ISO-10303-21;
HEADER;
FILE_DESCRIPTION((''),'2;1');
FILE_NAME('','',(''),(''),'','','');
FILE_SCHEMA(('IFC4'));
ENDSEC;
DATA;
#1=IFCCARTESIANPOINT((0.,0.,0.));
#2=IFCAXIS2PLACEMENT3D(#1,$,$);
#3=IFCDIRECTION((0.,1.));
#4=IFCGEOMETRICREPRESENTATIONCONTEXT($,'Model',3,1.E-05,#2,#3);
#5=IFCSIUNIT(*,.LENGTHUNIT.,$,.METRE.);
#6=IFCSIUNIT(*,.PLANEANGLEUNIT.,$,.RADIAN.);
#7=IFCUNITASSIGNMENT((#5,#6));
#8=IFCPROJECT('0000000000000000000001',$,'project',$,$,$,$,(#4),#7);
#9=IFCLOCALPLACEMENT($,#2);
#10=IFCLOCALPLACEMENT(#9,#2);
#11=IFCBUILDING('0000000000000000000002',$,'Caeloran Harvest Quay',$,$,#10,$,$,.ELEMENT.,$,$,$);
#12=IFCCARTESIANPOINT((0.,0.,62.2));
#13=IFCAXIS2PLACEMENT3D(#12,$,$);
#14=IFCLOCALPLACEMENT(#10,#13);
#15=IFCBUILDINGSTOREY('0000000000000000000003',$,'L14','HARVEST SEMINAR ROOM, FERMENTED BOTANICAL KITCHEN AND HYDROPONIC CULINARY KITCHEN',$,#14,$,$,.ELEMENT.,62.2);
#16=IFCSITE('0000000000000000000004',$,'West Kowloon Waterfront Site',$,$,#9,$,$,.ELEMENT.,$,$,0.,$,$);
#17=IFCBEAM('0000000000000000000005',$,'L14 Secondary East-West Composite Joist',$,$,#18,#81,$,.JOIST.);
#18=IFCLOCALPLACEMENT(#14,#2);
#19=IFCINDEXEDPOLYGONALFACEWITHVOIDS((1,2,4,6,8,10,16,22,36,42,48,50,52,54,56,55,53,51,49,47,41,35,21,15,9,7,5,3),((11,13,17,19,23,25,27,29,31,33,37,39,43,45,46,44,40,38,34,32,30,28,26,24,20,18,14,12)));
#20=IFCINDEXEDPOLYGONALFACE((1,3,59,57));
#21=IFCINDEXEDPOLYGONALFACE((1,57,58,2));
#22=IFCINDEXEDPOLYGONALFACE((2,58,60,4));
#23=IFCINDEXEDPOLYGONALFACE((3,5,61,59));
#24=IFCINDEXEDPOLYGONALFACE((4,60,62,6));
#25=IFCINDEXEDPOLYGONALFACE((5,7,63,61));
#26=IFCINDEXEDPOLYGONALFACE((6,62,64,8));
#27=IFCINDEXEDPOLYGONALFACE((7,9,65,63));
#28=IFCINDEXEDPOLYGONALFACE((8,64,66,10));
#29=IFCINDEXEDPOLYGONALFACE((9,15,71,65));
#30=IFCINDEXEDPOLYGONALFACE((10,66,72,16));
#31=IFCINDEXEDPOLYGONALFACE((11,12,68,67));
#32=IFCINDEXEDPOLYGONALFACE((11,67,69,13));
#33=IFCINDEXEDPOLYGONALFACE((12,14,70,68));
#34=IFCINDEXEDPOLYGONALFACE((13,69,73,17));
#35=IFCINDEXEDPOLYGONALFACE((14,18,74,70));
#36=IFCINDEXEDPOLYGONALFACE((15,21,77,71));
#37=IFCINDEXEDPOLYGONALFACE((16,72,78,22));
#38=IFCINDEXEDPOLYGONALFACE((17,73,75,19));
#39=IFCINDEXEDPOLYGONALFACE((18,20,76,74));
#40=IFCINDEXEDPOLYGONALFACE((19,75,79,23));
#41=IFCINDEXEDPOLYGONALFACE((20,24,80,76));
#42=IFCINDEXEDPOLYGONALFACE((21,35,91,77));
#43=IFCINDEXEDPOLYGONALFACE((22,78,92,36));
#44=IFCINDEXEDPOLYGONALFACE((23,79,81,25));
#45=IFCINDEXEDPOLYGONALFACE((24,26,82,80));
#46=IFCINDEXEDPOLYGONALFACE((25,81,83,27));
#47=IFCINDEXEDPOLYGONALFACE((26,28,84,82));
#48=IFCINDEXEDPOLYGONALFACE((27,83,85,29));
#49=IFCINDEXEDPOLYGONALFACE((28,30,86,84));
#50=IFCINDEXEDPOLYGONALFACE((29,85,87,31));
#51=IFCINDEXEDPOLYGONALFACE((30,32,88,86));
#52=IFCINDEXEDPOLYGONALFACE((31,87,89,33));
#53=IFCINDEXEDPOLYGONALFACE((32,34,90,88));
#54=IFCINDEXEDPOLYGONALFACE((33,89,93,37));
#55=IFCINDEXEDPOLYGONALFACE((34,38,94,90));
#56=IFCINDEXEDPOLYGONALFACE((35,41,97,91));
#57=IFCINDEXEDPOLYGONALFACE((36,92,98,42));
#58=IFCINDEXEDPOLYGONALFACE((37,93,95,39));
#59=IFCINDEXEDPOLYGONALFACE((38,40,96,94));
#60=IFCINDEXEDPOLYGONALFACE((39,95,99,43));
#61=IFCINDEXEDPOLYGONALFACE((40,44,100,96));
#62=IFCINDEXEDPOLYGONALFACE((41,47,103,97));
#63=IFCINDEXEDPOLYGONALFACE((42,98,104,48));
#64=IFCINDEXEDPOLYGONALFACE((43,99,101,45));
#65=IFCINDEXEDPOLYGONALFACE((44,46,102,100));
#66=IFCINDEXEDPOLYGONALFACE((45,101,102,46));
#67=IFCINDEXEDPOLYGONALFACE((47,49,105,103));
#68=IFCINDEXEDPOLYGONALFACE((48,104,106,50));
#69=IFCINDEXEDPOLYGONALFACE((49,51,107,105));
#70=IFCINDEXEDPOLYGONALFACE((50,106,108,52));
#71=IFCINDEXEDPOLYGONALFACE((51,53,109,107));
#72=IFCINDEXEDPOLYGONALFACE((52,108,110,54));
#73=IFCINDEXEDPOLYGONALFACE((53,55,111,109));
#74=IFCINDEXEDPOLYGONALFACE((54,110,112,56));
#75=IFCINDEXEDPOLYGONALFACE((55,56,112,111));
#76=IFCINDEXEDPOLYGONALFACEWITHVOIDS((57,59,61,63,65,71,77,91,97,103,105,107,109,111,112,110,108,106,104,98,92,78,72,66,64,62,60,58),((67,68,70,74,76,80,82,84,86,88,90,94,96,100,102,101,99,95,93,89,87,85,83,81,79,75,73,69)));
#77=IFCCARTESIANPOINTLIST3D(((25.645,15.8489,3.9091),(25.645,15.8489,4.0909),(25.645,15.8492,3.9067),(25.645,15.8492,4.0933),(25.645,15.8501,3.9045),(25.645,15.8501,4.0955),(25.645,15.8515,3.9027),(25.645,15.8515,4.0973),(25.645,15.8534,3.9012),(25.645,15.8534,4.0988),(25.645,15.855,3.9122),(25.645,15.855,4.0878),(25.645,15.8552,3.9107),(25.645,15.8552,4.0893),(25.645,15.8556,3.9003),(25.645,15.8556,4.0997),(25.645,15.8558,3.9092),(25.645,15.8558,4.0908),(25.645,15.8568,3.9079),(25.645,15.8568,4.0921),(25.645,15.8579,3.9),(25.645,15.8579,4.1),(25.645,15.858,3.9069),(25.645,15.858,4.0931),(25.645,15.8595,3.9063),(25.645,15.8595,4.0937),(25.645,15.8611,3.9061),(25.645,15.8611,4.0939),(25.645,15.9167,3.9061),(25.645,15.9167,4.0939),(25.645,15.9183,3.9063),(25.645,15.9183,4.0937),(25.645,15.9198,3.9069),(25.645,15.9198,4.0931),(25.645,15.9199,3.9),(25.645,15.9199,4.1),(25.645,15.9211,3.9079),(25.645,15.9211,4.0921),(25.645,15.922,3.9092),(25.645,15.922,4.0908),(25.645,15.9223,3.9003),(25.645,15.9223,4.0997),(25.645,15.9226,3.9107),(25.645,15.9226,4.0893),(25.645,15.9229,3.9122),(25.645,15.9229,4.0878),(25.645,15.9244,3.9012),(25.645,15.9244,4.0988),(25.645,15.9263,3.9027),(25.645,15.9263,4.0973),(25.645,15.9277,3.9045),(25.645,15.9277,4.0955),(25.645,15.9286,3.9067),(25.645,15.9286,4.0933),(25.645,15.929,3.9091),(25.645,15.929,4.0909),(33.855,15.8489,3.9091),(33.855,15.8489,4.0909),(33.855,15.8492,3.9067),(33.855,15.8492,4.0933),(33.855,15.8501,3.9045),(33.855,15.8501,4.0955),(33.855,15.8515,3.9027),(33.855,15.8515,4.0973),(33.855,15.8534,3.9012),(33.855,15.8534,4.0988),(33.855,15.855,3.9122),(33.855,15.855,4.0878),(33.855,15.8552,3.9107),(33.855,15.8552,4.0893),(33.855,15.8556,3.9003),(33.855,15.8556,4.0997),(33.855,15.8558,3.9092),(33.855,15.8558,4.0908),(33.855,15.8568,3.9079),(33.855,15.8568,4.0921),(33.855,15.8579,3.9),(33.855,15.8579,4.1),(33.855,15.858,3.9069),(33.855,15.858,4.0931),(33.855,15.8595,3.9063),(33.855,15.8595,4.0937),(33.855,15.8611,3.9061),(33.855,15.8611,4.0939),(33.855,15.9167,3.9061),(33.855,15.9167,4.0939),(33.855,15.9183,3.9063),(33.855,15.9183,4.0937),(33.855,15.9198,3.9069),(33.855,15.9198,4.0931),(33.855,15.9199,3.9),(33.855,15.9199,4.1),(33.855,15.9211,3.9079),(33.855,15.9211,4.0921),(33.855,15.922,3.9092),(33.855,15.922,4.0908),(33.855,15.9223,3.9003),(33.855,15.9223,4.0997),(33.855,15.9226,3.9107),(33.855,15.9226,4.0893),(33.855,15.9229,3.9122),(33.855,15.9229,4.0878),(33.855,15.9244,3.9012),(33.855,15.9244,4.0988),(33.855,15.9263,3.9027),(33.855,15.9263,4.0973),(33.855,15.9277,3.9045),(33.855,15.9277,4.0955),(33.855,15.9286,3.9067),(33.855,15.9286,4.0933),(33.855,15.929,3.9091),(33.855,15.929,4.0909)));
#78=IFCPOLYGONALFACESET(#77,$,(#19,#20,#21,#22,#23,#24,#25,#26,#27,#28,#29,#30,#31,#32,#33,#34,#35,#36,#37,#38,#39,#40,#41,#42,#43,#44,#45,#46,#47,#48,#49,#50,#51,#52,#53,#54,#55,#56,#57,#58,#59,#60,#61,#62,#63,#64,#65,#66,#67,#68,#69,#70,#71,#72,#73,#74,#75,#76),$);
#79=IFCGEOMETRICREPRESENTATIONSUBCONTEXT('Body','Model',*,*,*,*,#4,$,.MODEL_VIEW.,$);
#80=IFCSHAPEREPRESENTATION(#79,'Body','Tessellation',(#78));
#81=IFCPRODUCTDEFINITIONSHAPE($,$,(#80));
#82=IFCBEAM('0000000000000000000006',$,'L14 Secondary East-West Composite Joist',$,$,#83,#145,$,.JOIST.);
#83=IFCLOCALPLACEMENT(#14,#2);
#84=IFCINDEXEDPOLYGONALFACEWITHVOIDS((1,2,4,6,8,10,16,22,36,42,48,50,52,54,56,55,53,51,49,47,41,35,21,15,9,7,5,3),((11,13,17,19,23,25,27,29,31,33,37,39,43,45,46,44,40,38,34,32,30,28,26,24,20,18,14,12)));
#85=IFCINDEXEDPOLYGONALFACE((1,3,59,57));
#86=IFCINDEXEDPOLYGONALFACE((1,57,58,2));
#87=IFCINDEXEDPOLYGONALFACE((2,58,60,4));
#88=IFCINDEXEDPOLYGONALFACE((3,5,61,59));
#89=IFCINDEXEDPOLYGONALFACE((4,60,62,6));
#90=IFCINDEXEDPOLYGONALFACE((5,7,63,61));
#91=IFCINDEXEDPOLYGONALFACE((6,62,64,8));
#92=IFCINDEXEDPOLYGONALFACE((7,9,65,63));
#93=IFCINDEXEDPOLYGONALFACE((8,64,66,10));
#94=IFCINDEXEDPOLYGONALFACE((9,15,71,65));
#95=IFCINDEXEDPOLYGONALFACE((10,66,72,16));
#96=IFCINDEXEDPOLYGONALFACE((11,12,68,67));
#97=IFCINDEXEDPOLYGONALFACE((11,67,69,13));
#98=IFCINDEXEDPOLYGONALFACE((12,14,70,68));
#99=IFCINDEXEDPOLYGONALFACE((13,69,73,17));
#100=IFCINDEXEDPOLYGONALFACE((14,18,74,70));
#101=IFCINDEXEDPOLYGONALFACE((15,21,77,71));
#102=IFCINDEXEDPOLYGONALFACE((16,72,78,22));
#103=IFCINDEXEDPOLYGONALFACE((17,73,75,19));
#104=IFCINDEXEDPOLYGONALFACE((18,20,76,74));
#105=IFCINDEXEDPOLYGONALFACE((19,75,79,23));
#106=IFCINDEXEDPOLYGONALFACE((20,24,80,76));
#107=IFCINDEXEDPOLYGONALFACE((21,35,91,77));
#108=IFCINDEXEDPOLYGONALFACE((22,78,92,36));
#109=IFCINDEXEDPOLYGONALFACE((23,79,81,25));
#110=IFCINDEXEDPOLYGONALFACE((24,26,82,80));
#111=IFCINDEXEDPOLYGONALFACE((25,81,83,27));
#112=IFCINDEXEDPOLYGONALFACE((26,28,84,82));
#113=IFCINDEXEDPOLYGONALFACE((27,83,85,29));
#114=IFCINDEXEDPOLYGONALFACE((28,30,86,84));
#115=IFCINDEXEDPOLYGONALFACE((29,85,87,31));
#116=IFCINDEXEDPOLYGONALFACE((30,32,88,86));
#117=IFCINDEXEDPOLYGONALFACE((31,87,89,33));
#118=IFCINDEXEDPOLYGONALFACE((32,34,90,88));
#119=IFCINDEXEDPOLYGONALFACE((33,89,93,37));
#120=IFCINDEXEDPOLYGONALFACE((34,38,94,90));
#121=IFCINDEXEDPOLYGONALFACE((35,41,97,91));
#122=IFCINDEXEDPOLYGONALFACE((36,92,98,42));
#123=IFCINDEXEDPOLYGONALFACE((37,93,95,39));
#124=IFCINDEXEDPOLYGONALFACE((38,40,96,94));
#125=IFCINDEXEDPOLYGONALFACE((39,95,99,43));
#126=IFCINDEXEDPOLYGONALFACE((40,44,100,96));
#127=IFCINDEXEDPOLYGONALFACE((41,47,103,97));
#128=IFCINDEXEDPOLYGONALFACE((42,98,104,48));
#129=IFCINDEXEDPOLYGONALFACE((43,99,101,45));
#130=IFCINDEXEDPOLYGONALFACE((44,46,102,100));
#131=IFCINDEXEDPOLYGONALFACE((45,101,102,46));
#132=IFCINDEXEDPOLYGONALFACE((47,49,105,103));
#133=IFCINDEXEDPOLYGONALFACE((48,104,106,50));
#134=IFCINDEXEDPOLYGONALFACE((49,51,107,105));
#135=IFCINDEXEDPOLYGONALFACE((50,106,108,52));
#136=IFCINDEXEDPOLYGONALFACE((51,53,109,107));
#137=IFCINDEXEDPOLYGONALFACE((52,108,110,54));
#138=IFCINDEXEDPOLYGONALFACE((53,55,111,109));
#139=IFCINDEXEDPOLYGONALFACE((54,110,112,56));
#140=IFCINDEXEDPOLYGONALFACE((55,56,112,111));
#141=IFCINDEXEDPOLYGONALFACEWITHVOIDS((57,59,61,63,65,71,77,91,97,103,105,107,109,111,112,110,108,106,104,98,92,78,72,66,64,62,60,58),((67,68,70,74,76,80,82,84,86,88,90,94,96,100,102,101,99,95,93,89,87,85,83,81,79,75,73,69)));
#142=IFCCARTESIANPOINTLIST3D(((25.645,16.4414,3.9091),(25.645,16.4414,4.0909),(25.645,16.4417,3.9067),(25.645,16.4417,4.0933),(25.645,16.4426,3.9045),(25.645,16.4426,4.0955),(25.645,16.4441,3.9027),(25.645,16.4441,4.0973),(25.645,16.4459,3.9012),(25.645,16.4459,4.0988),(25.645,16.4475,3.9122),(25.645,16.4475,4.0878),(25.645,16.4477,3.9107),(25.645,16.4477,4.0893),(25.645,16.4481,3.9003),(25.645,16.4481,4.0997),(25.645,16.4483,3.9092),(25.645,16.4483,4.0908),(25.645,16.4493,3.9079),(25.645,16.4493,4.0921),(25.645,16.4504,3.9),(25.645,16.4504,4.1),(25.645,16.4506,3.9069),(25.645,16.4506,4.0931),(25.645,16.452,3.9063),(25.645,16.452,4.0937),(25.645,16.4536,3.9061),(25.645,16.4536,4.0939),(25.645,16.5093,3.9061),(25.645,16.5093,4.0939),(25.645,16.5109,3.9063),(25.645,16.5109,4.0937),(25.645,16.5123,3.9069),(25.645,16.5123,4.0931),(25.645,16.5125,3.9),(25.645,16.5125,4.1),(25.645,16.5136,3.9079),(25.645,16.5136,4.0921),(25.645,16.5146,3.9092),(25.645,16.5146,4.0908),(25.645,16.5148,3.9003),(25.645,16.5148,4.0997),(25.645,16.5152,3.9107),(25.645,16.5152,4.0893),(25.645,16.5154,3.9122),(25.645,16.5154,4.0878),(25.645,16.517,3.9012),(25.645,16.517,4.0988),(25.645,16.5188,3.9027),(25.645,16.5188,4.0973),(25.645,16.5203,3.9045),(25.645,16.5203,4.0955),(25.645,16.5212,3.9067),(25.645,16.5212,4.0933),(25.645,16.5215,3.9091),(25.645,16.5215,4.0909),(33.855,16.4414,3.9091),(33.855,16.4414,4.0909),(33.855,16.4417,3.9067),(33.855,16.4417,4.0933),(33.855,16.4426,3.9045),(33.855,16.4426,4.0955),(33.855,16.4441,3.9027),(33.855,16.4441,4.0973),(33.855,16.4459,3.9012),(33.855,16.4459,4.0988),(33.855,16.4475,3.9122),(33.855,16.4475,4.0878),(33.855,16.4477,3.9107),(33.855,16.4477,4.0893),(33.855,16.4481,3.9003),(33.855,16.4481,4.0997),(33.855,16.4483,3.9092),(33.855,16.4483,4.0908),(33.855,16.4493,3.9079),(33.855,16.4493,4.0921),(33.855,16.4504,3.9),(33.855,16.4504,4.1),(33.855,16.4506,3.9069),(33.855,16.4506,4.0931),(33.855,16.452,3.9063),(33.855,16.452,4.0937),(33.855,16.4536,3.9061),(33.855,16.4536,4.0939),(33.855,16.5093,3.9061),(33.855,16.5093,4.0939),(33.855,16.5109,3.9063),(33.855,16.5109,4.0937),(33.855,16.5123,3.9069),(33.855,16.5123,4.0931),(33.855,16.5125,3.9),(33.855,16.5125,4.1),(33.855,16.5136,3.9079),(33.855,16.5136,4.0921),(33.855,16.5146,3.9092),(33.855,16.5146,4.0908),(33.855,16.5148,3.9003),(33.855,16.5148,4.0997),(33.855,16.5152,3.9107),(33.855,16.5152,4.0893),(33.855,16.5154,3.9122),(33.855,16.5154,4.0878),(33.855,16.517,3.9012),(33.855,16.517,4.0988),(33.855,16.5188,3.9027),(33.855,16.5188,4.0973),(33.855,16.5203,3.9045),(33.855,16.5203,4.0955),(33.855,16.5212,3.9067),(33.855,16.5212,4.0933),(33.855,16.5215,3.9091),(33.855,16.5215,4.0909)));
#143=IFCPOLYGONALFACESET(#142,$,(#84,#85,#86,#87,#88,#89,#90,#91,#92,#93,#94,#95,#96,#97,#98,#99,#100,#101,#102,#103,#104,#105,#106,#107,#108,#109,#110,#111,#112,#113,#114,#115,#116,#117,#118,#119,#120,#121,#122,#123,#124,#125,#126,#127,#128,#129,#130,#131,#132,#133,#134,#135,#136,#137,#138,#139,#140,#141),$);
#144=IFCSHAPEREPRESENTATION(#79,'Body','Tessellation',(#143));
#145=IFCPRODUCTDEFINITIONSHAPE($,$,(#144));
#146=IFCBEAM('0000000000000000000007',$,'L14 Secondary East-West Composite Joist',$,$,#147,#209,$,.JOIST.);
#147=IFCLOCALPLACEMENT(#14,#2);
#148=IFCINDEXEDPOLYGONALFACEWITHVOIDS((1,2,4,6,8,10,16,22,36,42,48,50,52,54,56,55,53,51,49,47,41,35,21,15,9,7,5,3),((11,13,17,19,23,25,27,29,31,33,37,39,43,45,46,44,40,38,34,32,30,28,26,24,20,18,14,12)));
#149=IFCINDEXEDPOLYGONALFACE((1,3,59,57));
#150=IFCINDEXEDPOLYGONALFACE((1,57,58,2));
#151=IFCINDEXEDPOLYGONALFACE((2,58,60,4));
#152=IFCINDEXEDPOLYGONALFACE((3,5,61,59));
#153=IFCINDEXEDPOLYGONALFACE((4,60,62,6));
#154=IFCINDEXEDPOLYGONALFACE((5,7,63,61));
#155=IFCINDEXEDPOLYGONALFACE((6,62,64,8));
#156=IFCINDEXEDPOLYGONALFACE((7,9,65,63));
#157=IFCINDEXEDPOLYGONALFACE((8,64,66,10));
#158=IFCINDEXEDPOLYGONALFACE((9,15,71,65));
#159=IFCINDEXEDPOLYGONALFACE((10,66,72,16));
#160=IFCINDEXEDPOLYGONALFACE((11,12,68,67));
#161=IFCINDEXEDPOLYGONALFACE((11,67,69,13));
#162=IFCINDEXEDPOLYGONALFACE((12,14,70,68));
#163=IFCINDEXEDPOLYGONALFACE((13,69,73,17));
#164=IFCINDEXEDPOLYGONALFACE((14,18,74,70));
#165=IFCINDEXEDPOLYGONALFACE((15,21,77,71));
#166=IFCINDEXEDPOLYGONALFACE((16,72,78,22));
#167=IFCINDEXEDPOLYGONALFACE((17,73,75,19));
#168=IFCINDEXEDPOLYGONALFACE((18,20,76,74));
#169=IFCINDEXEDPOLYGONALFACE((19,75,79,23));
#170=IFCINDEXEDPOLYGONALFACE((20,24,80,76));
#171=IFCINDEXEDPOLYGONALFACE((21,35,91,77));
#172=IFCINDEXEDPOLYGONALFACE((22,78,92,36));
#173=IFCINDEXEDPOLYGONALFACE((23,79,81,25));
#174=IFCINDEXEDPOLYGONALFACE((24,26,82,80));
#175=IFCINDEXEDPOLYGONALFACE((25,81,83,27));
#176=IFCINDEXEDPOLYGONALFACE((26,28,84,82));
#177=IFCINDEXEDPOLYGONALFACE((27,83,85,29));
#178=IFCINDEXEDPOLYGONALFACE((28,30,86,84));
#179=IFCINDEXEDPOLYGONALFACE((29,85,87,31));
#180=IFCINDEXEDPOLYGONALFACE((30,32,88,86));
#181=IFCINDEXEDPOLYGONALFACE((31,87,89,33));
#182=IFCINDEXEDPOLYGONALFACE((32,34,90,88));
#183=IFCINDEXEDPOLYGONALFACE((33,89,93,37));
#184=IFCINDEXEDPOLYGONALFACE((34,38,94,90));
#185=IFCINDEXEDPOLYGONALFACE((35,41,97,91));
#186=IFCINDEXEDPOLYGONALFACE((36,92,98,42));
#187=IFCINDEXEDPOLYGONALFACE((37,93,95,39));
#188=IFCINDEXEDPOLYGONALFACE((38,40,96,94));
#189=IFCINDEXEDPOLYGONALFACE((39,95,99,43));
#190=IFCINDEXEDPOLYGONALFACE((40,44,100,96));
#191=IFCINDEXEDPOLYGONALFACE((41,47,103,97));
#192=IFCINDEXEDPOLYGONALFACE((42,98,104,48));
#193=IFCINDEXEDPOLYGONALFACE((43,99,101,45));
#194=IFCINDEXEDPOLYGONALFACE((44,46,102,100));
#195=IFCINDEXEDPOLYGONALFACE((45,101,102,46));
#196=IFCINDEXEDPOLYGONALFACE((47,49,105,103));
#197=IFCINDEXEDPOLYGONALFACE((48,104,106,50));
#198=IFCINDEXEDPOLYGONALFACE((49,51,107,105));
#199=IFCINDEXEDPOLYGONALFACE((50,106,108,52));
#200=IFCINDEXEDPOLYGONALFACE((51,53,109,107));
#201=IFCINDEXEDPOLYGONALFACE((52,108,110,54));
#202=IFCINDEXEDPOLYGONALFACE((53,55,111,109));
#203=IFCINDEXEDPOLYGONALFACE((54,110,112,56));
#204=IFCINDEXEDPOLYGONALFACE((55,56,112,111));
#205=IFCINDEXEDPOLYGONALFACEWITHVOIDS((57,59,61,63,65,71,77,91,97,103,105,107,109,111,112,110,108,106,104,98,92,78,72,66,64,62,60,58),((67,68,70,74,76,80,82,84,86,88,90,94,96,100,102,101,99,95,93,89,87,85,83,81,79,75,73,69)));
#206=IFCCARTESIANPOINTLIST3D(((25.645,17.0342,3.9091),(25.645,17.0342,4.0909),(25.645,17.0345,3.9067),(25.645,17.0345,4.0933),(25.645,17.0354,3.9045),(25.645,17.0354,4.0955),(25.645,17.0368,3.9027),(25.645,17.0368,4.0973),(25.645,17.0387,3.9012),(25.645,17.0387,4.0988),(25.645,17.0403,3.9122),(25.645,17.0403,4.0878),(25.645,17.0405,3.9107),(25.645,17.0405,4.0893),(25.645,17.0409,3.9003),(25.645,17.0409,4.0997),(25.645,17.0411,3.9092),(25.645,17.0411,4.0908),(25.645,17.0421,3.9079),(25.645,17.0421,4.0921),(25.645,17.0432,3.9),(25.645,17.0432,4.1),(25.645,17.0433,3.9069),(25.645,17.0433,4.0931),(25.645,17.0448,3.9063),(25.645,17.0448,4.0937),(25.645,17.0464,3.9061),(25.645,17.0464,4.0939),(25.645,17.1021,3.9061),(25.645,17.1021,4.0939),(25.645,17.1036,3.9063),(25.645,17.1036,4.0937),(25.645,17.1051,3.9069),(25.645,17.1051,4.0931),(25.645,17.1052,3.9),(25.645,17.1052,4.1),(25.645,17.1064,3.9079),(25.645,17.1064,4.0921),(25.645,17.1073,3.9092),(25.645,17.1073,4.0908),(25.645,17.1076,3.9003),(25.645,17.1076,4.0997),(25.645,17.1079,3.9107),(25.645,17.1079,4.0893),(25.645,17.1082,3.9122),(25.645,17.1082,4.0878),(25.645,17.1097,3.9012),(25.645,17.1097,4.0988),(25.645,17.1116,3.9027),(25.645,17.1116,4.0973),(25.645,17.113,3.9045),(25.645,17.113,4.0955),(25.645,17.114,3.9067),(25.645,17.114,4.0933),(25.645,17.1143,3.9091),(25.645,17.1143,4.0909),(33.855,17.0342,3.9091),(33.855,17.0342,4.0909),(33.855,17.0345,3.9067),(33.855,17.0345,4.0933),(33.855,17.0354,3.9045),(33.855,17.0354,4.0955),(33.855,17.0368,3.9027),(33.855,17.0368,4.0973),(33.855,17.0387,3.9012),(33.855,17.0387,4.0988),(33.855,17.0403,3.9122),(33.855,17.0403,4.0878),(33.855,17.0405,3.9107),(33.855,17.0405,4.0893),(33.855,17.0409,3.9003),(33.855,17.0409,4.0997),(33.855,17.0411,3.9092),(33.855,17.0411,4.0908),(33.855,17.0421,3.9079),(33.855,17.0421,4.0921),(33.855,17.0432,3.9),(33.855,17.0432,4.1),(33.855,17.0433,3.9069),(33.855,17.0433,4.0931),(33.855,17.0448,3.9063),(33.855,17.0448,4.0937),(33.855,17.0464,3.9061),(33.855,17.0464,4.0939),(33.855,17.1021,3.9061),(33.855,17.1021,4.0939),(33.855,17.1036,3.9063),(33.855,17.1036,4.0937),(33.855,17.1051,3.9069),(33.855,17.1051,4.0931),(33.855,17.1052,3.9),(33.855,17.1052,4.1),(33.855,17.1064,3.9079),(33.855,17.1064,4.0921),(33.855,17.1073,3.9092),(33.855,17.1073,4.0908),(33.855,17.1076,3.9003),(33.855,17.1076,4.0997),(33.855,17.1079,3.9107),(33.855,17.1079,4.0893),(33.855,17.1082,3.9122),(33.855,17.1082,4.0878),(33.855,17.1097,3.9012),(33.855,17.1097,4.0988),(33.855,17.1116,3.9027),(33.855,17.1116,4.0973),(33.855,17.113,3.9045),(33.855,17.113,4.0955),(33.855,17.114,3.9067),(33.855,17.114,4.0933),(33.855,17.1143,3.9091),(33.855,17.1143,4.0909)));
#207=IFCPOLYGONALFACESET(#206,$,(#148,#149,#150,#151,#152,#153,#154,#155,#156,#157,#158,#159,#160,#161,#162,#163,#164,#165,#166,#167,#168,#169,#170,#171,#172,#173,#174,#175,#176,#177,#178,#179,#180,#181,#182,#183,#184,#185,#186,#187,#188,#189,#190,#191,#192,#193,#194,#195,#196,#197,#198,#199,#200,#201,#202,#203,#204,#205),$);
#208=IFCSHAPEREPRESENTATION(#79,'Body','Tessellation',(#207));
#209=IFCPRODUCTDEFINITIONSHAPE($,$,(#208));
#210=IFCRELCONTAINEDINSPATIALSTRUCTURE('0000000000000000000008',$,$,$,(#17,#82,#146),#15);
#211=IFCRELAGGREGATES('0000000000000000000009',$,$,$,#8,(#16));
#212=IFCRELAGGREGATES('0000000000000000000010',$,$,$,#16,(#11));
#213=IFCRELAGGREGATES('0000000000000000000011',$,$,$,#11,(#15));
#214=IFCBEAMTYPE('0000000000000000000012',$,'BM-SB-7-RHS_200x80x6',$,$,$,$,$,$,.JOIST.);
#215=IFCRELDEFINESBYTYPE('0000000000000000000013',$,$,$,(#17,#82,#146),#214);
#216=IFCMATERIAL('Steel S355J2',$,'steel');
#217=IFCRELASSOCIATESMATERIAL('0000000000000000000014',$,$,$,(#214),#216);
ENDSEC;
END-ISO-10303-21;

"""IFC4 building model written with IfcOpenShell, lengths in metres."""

from ifc_helpers import new_model, si_unit, direction, frame, origin, origin_2d, place, context, subcontext, project, spatial, hollow_rectangle, extrude, material, material_profile, profile_set, type_object, element, save


model = new_model("IFC4")

# Units and contexts
model_context = context("Model", 3, precision=1e-05, world=origin(), true_north=direction((0.0, 1.0)))
body_context = subcontext(model_context, "Body", "Model", "MODEL_VIEW")
ifc_project = project(units=[si_unit("LENGTHUNIT", "METRE"), si_unit("PLANEANGLEUNIT", "RADIAN")], contexts=[model_context])

# Site, building, storey
site_placement = place(None, origin())
site = spatial("IfcSite", under=ifc_project, at=site_placement, Name="West Kowloon Waterfront Site", CompositionType="ELEMENT", RefElevation=0.0)
building_placement = place(site_placement, origin())
building = spatial("IfcBuilding", under=site, at=building_placement, Name="Caeloran Harvest Quay", CompositionType="ELEMENT")
storey_placement = place(building_placement, frame((0.0, 0.0, 62.2)))
storey = spatial("IfcBuildingStorey", under=building, at=storey_placement, Name="L14", Description="HARVEST SEMINAR ROOM, FERMENTED BOTANICAL KITCHEN AND HYDROPONIC CULINARY KITCHEN", CompositionType="ELEMENT", Elevation=62.2)

# Beams
ifc_material_1 = material(Name="Steel S355J2", Category="steel")
ifc_material_profile_1 = material_profile(ifc_material_1, hollow_rectangle(XDim=0.0801, YDim=0.2, WallThickness=0.0061, InnerFilletRadius=0.0061, OuterFilletRadius=0.009, at=origin_2d()), Name="RHS 200x80x6")
ifc_profile_set_1 = profile_set([ifc_material_profile_1], Name="Steel S355J2")
beam_type_1 = type_object("IfcBeamType", Name="BM-SB-7-RHS_200x80x6", PredefinedType="JOIST", material=ifc_profile_set_1)
for number, where, z_axis, x_axis, name in (
    (1, (25.645, 15.8889, 4.0), (1.0, 0.0, 0.0), (0.0, 1.0, 0.0), "L14 Secondary East-West Composite Joist"),
    (2, (25.645, 16.4814, 4.0), (1.0, 0.0, 0.0), (0.0, 1.0, 0.0), "L14 Secondary East-West Composite Joist"),
    (3, (25.645, 17.0742, 4.0), (1.0, 0.0, 0.0), (0.0, 1.0, 0.0), "L14 Secondary East-West Composite Joist"),
):
    element("IfcBeam", number, at=place(storey_placement, frame(where, z_axis=z_axis, x_axis=x_axis)), inside=storey, type_object=beam_type_1, Name=name, PredefinedType="JOIST", context=body_context, shape_type="SweptSolid", body=[
        extrude(hollow_rectangle(XDim=0.0801, YDim=0.2, WallThickness=0.0061, InnerFilletRadius=0.0061, OuterFilletRadius=0.009, at=origin_2d()), origin(), (0.0, 0.0, 1.0), 8.21),
    ])

save(model, "model.ifc")
